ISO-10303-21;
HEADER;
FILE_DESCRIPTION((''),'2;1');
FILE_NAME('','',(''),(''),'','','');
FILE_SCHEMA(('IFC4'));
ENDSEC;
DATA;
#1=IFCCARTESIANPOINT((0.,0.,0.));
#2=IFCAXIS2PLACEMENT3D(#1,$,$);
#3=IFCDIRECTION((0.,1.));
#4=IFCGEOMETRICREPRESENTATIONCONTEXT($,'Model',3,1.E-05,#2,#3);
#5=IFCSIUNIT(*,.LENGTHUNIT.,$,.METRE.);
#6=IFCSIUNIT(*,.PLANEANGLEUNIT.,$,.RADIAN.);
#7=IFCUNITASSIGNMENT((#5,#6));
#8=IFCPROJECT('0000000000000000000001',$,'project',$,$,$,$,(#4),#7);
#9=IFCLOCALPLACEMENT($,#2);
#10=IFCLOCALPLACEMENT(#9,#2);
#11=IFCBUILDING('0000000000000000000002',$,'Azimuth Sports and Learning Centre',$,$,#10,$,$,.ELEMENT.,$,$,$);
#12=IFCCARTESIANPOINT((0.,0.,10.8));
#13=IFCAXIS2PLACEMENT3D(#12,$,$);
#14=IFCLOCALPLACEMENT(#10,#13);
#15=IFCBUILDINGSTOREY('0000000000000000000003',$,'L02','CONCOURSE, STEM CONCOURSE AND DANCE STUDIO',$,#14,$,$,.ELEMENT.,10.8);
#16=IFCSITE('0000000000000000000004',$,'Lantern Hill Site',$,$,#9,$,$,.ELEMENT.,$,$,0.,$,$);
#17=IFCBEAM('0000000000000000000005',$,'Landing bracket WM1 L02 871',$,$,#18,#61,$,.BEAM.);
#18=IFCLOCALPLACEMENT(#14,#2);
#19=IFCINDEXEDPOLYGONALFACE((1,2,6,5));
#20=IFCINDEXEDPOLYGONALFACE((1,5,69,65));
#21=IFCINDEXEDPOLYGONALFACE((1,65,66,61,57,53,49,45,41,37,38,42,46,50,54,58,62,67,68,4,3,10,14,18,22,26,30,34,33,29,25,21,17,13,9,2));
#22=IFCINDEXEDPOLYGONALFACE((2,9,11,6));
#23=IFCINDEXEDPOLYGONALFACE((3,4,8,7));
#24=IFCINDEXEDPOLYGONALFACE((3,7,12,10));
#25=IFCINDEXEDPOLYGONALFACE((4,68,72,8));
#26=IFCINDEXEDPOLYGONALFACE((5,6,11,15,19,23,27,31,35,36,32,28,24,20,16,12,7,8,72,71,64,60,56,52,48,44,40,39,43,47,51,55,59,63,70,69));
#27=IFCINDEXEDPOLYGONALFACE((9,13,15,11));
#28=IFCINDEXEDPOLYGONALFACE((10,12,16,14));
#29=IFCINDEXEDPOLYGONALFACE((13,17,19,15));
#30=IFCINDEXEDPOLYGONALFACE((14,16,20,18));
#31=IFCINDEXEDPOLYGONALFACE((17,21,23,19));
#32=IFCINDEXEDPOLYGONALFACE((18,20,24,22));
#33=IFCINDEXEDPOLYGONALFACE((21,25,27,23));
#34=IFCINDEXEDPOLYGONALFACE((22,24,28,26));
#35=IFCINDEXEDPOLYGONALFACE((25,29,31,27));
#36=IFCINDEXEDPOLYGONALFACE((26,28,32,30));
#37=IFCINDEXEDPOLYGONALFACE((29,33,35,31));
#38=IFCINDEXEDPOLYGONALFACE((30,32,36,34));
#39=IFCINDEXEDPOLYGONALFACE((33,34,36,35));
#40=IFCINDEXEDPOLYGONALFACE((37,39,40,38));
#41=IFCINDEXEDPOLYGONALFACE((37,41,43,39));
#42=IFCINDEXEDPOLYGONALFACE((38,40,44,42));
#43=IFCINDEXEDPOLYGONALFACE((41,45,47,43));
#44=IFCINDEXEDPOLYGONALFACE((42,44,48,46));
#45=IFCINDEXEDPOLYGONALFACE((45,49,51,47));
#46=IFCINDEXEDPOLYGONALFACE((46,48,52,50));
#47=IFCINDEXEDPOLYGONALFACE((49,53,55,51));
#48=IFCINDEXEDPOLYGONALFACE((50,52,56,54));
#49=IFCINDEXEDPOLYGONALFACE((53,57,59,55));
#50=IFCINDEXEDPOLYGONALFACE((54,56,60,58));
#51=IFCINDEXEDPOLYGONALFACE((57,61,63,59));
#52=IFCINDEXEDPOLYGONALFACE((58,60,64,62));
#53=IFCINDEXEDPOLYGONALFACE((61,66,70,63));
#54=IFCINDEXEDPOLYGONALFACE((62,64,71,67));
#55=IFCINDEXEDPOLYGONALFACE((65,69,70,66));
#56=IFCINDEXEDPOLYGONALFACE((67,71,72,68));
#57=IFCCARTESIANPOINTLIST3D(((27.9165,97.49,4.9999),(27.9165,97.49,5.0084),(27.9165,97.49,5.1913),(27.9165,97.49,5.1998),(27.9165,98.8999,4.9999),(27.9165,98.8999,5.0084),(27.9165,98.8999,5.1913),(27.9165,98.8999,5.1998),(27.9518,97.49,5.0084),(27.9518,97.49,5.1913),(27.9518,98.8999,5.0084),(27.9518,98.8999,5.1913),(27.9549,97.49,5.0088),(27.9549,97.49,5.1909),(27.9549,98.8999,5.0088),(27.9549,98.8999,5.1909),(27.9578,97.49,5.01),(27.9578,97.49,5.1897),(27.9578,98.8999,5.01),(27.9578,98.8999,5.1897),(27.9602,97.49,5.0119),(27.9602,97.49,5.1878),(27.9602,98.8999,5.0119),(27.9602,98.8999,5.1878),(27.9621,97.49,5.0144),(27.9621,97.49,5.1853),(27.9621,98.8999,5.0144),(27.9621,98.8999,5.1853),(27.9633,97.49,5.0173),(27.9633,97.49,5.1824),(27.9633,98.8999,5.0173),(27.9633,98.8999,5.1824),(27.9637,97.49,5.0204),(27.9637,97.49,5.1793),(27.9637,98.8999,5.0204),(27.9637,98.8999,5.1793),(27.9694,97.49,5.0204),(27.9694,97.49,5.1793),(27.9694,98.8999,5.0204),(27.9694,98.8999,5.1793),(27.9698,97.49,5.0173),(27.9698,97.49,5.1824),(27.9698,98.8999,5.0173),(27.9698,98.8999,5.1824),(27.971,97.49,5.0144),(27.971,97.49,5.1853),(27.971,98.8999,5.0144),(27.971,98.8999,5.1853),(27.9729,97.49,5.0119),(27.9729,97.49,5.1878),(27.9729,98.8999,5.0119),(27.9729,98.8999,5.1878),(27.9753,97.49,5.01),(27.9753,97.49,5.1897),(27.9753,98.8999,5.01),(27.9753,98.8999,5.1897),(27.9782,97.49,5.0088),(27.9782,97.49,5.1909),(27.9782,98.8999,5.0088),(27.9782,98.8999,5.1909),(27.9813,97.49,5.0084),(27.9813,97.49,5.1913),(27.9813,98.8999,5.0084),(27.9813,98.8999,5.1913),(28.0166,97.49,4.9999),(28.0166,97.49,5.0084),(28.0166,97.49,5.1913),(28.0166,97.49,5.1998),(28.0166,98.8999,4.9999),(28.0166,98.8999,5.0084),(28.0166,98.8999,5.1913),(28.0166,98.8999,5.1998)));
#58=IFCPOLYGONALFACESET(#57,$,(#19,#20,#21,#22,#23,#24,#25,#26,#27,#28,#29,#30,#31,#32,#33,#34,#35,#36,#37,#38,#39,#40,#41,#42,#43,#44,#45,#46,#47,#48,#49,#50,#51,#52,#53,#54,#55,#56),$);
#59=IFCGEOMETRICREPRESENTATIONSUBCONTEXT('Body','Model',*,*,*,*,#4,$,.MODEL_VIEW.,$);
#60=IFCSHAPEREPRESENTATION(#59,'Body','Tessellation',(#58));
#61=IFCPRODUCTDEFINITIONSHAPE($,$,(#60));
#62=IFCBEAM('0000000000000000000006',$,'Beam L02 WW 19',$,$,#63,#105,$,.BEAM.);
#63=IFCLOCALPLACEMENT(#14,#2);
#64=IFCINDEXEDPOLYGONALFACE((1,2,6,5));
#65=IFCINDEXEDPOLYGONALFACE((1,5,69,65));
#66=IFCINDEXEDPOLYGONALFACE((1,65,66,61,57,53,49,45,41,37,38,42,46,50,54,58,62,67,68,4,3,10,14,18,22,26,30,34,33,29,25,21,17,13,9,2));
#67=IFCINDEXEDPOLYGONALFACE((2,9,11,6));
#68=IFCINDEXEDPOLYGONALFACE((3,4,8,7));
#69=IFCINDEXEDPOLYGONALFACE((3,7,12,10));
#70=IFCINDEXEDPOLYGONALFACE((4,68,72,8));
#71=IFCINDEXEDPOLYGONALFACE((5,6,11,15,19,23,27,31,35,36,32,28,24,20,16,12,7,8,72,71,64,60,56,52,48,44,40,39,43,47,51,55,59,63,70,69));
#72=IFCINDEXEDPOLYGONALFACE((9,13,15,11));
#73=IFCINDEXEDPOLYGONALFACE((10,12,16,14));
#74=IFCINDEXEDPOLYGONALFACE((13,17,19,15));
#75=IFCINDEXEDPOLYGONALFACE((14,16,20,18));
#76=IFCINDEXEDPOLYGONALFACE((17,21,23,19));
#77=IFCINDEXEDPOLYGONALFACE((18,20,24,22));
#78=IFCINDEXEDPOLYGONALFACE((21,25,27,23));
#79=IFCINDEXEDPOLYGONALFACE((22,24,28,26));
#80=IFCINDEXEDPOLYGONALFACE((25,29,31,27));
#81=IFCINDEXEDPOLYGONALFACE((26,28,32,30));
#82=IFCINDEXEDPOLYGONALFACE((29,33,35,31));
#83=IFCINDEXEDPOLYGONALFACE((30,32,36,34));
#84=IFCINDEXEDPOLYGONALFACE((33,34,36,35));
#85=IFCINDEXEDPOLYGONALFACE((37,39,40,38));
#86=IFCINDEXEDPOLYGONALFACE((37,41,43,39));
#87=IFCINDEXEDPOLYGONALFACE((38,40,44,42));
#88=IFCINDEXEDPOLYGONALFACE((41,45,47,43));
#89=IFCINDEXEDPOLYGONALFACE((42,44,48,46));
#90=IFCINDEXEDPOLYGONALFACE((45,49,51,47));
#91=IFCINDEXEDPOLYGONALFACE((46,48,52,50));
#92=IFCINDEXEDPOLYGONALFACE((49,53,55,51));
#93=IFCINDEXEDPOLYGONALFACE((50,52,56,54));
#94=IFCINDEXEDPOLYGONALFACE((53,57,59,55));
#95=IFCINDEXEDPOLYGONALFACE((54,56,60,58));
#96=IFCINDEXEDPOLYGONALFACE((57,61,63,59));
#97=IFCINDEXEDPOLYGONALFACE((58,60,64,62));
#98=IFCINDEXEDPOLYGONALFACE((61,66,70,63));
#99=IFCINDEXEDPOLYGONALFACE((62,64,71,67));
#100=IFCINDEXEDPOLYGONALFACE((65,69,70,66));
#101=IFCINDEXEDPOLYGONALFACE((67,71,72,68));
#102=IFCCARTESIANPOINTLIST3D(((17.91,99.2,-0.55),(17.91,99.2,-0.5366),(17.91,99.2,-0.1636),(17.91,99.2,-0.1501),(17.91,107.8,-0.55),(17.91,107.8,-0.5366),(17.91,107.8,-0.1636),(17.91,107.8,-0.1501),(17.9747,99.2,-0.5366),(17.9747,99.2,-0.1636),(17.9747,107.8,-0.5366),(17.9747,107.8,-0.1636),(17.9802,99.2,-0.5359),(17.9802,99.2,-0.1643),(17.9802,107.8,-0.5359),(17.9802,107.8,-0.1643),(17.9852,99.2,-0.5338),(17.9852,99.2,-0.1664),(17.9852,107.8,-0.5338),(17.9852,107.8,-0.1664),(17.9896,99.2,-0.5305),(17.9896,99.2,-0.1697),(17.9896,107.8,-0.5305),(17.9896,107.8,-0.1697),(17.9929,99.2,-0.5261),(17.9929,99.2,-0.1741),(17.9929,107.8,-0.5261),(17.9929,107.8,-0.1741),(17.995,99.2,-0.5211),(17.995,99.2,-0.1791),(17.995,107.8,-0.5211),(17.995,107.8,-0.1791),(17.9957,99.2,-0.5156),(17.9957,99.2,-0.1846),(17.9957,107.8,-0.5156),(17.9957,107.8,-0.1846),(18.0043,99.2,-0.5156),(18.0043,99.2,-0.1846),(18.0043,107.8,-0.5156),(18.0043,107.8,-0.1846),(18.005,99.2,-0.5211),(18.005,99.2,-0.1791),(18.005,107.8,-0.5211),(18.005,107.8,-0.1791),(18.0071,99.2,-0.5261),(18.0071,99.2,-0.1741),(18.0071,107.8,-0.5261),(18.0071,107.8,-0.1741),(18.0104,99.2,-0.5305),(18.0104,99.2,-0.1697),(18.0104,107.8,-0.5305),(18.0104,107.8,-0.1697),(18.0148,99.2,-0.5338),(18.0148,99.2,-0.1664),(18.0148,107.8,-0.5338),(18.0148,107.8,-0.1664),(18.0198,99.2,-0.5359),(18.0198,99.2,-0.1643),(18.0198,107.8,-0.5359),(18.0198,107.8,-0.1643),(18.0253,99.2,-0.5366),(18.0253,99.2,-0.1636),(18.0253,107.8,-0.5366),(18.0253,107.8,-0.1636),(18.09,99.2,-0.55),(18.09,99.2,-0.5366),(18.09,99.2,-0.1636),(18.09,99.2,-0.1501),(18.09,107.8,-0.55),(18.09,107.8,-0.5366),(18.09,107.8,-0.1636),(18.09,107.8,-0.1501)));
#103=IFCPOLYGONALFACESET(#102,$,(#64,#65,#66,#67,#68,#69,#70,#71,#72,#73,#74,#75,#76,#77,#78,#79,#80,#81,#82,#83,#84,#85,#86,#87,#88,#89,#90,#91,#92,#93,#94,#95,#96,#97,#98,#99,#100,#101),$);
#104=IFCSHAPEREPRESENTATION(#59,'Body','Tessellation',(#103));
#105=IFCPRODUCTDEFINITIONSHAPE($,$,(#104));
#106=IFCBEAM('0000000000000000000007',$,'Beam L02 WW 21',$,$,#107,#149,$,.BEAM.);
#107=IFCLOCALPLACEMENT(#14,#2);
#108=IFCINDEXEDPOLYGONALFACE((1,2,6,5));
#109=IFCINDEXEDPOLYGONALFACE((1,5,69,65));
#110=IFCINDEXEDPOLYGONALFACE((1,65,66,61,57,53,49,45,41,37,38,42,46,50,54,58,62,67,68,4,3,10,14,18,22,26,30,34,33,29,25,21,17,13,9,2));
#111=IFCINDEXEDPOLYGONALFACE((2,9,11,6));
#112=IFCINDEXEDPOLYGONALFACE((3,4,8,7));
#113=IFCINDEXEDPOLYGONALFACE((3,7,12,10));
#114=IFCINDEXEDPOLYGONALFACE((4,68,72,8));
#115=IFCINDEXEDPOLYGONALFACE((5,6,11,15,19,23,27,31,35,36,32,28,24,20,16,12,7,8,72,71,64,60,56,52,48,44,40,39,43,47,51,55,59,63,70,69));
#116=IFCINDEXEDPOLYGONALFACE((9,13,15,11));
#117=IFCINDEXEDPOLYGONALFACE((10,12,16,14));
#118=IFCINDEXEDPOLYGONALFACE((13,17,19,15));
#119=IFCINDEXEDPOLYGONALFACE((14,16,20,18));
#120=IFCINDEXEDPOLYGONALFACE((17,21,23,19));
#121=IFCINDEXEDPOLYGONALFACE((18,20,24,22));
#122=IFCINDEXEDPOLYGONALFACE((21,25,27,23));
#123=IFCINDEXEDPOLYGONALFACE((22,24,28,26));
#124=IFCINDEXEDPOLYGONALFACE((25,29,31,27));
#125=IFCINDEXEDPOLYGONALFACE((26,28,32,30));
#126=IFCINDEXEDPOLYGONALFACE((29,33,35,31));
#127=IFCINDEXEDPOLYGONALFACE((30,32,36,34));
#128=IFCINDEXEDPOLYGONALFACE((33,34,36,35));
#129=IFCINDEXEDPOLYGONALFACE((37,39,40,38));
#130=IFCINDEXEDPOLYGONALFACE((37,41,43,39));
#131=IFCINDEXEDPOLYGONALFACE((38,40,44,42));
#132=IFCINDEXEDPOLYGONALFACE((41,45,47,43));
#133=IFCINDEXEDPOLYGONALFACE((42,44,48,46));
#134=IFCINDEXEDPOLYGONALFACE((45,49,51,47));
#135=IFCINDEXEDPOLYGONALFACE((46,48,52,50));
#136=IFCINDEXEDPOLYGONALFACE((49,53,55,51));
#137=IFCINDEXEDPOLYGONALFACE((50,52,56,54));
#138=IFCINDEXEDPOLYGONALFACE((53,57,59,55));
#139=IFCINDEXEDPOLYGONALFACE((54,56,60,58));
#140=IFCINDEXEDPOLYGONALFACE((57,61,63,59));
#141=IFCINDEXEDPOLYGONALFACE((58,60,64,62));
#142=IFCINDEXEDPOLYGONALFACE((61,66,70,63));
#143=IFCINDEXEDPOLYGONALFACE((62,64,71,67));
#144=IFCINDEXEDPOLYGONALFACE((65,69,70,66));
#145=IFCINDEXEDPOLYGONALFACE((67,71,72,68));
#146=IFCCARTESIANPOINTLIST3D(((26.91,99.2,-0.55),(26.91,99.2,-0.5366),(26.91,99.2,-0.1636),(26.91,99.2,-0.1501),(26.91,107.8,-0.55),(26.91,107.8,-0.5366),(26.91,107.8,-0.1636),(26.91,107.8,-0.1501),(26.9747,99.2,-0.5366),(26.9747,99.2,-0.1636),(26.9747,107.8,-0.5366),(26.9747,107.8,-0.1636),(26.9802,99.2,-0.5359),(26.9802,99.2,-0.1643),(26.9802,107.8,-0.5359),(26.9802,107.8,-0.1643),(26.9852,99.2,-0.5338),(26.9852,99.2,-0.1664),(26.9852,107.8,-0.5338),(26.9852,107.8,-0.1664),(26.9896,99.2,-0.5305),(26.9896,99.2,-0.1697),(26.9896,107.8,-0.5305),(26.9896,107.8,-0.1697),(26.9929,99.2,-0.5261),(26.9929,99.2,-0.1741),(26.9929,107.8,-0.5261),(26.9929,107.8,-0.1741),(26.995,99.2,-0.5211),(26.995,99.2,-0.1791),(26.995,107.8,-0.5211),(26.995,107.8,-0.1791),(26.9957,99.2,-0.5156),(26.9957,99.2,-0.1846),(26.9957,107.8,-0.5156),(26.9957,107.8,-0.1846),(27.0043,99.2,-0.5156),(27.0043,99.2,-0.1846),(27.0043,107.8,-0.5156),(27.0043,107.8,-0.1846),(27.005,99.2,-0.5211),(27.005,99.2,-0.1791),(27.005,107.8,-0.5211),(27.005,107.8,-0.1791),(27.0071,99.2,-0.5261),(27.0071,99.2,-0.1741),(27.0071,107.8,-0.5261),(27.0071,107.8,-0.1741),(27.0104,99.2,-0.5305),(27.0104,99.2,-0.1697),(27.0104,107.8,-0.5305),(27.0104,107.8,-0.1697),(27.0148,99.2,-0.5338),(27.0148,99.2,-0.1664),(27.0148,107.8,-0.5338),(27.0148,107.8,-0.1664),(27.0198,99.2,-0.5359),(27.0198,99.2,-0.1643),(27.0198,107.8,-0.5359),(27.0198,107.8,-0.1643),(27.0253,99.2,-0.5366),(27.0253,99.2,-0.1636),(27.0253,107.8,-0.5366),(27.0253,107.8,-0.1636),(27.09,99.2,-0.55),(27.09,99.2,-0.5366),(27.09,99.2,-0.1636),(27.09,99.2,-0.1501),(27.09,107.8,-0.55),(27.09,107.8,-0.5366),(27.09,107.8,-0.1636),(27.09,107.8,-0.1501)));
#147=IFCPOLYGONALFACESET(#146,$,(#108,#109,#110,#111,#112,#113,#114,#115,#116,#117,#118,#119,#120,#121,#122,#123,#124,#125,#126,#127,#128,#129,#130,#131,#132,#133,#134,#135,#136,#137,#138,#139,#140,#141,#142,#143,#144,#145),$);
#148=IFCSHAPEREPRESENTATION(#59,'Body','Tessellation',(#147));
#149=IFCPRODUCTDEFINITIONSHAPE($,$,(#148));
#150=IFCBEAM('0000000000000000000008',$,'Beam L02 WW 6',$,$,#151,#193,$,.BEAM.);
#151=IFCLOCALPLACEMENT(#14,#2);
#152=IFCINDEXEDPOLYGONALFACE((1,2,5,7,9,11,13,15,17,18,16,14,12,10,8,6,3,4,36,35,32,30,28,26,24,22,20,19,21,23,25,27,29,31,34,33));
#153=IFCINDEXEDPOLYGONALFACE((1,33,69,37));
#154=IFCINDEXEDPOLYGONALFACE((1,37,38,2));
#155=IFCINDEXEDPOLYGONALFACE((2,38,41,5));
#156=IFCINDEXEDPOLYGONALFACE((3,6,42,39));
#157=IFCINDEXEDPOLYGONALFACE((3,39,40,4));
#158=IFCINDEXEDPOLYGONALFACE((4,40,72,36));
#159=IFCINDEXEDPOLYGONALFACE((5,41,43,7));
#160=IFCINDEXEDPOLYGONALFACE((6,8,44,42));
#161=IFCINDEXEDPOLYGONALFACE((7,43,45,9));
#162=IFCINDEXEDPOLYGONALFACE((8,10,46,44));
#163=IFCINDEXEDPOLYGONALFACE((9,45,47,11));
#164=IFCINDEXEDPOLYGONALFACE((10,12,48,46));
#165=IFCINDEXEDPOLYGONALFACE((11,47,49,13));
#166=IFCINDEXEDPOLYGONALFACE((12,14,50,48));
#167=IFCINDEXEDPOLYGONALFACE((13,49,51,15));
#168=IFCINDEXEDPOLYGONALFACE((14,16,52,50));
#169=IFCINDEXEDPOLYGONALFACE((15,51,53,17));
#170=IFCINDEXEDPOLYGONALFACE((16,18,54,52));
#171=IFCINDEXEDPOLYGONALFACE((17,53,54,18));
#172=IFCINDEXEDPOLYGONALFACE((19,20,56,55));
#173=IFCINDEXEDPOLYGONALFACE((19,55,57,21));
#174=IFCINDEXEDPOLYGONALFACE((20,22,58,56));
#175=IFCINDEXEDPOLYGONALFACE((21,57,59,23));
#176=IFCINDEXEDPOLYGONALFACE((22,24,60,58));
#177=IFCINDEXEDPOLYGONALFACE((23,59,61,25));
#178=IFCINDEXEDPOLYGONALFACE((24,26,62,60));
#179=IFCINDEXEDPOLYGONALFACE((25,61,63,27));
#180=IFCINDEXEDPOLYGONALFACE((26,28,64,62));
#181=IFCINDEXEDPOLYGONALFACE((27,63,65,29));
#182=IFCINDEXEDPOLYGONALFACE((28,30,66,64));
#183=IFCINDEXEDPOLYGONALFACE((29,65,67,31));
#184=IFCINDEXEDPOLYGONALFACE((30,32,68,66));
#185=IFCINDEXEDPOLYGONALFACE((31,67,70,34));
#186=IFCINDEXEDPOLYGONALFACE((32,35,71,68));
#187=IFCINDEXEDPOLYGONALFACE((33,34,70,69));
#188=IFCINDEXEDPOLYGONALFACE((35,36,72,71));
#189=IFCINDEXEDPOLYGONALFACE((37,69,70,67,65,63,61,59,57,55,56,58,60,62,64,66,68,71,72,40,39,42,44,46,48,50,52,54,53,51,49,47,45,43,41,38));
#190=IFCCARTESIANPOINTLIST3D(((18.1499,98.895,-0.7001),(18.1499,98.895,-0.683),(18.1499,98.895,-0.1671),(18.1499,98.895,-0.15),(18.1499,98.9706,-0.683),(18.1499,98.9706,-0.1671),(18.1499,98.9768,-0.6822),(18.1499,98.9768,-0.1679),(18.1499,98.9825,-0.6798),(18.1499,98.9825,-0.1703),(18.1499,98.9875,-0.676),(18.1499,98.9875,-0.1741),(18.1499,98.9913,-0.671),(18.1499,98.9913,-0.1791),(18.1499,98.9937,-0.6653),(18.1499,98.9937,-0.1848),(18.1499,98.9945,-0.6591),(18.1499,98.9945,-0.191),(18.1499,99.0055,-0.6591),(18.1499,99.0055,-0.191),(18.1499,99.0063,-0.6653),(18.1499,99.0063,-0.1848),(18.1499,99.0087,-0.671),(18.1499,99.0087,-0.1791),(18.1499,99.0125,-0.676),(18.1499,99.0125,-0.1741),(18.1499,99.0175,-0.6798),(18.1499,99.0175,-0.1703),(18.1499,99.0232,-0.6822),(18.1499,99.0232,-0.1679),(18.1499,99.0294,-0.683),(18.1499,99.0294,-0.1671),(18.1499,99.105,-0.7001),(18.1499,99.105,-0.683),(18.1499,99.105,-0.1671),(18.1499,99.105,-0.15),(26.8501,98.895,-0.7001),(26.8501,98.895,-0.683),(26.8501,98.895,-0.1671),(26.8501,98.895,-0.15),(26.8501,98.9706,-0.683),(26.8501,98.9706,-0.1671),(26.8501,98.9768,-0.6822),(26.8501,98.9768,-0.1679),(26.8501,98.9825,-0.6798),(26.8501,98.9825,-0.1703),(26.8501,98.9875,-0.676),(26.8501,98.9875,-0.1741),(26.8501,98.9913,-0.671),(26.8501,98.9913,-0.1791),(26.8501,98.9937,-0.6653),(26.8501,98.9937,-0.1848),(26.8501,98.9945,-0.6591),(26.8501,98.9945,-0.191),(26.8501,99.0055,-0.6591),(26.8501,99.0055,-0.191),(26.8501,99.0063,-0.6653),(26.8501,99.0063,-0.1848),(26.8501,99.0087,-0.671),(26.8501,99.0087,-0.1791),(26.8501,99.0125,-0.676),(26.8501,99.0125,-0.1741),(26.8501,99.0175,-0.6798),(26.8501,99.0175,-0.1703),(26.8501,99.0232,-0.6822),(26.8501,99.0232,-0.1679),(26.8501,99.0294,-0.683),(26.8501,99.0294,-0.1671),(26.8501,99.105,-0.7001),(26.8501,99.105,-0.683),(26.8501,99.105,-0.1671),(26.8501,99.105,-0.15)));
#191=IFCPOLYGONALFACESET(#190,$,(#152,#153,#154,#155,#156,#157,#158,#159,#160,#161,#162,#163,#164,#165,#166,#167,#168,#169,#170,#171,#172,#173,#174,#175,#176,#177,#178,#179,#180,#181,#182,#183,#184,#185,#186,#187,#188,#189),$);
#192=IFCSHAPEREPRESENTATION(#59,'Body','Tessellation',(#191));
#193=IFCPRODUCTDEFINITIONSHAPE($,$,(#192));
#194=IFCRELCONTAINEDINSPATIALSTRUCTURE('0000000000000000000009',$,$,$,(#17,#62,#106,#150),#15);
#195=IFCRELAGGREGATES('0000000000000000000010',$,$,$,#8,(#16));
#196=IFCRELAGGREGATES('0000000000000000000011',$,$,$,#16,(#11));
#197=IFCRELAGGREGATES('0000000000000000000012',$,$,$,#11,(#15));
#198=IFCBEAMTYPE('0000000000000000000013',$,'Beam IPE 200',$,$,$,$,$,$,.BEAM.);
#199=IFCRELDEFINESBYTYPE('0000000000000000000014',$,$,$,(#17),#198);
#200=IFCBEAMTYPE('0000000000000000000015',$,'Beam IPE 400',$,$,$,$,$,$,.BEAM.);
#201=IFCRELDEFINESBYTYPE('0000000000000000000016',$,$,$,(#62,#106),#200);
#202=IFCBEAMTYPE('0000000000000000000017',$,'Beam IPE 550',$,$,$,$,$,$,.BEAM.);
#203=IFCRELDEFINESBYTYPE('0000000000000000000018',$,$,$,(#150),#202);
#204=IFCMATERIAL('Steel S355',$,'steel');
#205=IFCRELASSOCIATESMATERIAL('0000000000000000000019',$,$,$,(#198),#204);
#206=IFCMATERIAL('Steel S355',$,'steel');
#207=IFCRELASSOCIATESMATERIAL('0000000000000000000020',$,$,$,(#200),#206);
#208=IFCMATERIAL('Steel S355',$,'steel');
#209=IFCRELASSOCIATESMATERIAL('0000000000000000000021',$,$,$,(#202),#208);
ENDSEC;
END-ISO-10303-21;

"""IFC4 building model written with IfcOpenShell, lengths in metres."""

from ifc_helpers import new_model, si_unit, direction, frame, origin, origin_2d, place, context, subcontext, project, spatial, i_section, extrude, material, material_profile, profile_set, type_object, element, save


model = new_model("IFC4")

# Units and contexts
model_context = context("Model", 3, precision=1e-05, world=origin(), true_north=direction((0.0, 1.0)))
body_context = subcontext(model_context, "Body", "Model", "MODEL_VIEW")
ifc_project = project(units=[si_unit("LENGTHUNIT", "METRE"), si_unit("PLANEANGLEUNIT", "RADIAN")], contexts=[model_context])

# Site, building, storey
site_placement = place(None, origin())
site = spatial("IfcSite", under=ifc_project, at=site_placement, Name="Lantern Hill Site", CompositionType="ELEMENT", RefElevation=0.0)
building_placement = place(site_placement, origin())
building = spatial("IfcBuilding", under=site, at=building_placement, Name="Azimuth Sports and Learning Centre", CompositionType="ELEMENT")
storey_placement = place(building_placement, frame((0.0, 0.0, 10.8)))
storey = spatial("IfcBuildingStorey", under=building, at=storey_placement, Name="L02", Description="CONCOURSE, STEM CONCOURSE AND DANCE STUDIO", CompositionType="ELEMENT", Elevation=10.8)

# Beams
ifc_material_1 = material(Name="Steel S355", Category="steel")
ifc_material_profile_1 = material_profile(ifc_material_1, i_section(OverallWidth=0.1001, OverallDepth=0.2, WebThickness=0.0056, FlangeThickness=0.0085, FilletRadius=0.012, at=origin_2d()), Name="IPE 200")
ifc_profile_set_1 = profile_set([ifc_material_profile_1], Name="Steel S355")
beam_type_1 = type_object("IfcBeamType", Name="Beam IPE 200", PredefinedType="BEAM", material=ifc_profile_set_1)
beam_placement = place(storey_placement, frame((27.9666, 98.8999, 5.0999), z_axis=(0.0, -1.0, 0.0), x_axis=(1.0, 0.0, 0.0)))
element("IfcBeam", 1, at=beam_placement, inside=storey, type_object=beam_type_1, Name="Landing bracket WM1 L02 871", PredefinedType="BEAM", context=body_context, shape_type="SweptSolid", body=[
    extrude(i_section(OverallWidth=0.1001, OverallDepth=0.2, WebThickness=0.0056, FlangeThickness=0.0085, FilletRadius=0.012, at=origin_2d()), origin(), (0.0, 0.0, 1.0), 1.4099),
])
ifc_material_2 = material(Name="Steel S355", Category="steel")
ifc_material_profile_2 = material_profile(ifc_material_2, i_section(OverallWidth=0.1799, OverallDepth=0.3999, WebThickness=0.0085, FlangeThickness=0.0134, FilletRadius=0.021, at=origin_2d()), Name="IPE 400")
ifc_profile_set_2 = profile_set([ifc_material_profile_2], Name="Steel S355")
beam_type_2 = type_object("IfcBeamType", Name="Beam IPE 400", PredefinedType="BEAM", material=ifc_profile_set_2)
for number, where, z_axis, x_axis, name in (
    (2, (18.0, 99.2, -0.3501), (0.0, 1.0, 0.0), (-1.0, 0.0, 0.0), "Beam L02 WW 19"),
    (3, (27.0, 99.2, -0.3501), (0.0, 1.0, 0.0), (-1.0, 0.0, 0.0), "Beam L02 WW 21"),
):
    element("IfcBeam", number, at=place(storey_placement, frame(where, z_axis=z_axis, x_axis=x_axis)), inside=storey, type_object=beam_type_2, Name=name, PredefinedType="BEAM", context=body_context, shape_type="SweptSolid", body=[
        extrude(i_section(OverallWidth=0.1799, OverallDepth=0.3999, WebThickness=0.0085, FlangeThickness=0.0134, FilletRadius=0.021, at=origin_2d()), origin(), (0.0, 0.0, 1.0), 8.6001),
    ])
ifc_material_3 = material(Name="Steel S355", Category="steel")
ifc_material_profile_3 = material_profile(ifc_material_3, i_section(OverallWidth=0.21, OverallDepth=0.55, WebThickness=0.011, FlangeThickness=0.0171, FilletRadius=0.0239, at=origin_2d()), Name="IPE 550")
ifc_profile_set_3 = profile_set([ifc_material_profile_3], Name="Steel S355")
beam_type_3 = type_object("IfcBeamType", Name="Beam IPE 550", PredefinedType="BEAM", material=ifc_profile_set_3)
for number, where, z_axis, x_axis, name in (
    (4, (18.1499, 99.0, -0.425), (1.0, 0.0, 0.0), (0.0, 1.0, 0.0), "Beam L02 WW 6"),
):
    element("IfcBeam", number, at=place(storey_placement, frame(where, z_axis=z_axis, x_axis=x_axis)), inside=storey, type_object=beam_type_3, Name=name, PredefinedType="BEAM", context=body_context, shape_type="SweptSolid", body=[
        extrude(i_section(OverallWidth=0.21, OverallDepth=0.55, WebThickness=0.011, FlangeThickness=0.0171, FilletRadius=0.0239, at=origin_2d()), origin(), (0.0, 0.0, 1.0), 8.7002),
    ])

save(model, "model.ifc")
